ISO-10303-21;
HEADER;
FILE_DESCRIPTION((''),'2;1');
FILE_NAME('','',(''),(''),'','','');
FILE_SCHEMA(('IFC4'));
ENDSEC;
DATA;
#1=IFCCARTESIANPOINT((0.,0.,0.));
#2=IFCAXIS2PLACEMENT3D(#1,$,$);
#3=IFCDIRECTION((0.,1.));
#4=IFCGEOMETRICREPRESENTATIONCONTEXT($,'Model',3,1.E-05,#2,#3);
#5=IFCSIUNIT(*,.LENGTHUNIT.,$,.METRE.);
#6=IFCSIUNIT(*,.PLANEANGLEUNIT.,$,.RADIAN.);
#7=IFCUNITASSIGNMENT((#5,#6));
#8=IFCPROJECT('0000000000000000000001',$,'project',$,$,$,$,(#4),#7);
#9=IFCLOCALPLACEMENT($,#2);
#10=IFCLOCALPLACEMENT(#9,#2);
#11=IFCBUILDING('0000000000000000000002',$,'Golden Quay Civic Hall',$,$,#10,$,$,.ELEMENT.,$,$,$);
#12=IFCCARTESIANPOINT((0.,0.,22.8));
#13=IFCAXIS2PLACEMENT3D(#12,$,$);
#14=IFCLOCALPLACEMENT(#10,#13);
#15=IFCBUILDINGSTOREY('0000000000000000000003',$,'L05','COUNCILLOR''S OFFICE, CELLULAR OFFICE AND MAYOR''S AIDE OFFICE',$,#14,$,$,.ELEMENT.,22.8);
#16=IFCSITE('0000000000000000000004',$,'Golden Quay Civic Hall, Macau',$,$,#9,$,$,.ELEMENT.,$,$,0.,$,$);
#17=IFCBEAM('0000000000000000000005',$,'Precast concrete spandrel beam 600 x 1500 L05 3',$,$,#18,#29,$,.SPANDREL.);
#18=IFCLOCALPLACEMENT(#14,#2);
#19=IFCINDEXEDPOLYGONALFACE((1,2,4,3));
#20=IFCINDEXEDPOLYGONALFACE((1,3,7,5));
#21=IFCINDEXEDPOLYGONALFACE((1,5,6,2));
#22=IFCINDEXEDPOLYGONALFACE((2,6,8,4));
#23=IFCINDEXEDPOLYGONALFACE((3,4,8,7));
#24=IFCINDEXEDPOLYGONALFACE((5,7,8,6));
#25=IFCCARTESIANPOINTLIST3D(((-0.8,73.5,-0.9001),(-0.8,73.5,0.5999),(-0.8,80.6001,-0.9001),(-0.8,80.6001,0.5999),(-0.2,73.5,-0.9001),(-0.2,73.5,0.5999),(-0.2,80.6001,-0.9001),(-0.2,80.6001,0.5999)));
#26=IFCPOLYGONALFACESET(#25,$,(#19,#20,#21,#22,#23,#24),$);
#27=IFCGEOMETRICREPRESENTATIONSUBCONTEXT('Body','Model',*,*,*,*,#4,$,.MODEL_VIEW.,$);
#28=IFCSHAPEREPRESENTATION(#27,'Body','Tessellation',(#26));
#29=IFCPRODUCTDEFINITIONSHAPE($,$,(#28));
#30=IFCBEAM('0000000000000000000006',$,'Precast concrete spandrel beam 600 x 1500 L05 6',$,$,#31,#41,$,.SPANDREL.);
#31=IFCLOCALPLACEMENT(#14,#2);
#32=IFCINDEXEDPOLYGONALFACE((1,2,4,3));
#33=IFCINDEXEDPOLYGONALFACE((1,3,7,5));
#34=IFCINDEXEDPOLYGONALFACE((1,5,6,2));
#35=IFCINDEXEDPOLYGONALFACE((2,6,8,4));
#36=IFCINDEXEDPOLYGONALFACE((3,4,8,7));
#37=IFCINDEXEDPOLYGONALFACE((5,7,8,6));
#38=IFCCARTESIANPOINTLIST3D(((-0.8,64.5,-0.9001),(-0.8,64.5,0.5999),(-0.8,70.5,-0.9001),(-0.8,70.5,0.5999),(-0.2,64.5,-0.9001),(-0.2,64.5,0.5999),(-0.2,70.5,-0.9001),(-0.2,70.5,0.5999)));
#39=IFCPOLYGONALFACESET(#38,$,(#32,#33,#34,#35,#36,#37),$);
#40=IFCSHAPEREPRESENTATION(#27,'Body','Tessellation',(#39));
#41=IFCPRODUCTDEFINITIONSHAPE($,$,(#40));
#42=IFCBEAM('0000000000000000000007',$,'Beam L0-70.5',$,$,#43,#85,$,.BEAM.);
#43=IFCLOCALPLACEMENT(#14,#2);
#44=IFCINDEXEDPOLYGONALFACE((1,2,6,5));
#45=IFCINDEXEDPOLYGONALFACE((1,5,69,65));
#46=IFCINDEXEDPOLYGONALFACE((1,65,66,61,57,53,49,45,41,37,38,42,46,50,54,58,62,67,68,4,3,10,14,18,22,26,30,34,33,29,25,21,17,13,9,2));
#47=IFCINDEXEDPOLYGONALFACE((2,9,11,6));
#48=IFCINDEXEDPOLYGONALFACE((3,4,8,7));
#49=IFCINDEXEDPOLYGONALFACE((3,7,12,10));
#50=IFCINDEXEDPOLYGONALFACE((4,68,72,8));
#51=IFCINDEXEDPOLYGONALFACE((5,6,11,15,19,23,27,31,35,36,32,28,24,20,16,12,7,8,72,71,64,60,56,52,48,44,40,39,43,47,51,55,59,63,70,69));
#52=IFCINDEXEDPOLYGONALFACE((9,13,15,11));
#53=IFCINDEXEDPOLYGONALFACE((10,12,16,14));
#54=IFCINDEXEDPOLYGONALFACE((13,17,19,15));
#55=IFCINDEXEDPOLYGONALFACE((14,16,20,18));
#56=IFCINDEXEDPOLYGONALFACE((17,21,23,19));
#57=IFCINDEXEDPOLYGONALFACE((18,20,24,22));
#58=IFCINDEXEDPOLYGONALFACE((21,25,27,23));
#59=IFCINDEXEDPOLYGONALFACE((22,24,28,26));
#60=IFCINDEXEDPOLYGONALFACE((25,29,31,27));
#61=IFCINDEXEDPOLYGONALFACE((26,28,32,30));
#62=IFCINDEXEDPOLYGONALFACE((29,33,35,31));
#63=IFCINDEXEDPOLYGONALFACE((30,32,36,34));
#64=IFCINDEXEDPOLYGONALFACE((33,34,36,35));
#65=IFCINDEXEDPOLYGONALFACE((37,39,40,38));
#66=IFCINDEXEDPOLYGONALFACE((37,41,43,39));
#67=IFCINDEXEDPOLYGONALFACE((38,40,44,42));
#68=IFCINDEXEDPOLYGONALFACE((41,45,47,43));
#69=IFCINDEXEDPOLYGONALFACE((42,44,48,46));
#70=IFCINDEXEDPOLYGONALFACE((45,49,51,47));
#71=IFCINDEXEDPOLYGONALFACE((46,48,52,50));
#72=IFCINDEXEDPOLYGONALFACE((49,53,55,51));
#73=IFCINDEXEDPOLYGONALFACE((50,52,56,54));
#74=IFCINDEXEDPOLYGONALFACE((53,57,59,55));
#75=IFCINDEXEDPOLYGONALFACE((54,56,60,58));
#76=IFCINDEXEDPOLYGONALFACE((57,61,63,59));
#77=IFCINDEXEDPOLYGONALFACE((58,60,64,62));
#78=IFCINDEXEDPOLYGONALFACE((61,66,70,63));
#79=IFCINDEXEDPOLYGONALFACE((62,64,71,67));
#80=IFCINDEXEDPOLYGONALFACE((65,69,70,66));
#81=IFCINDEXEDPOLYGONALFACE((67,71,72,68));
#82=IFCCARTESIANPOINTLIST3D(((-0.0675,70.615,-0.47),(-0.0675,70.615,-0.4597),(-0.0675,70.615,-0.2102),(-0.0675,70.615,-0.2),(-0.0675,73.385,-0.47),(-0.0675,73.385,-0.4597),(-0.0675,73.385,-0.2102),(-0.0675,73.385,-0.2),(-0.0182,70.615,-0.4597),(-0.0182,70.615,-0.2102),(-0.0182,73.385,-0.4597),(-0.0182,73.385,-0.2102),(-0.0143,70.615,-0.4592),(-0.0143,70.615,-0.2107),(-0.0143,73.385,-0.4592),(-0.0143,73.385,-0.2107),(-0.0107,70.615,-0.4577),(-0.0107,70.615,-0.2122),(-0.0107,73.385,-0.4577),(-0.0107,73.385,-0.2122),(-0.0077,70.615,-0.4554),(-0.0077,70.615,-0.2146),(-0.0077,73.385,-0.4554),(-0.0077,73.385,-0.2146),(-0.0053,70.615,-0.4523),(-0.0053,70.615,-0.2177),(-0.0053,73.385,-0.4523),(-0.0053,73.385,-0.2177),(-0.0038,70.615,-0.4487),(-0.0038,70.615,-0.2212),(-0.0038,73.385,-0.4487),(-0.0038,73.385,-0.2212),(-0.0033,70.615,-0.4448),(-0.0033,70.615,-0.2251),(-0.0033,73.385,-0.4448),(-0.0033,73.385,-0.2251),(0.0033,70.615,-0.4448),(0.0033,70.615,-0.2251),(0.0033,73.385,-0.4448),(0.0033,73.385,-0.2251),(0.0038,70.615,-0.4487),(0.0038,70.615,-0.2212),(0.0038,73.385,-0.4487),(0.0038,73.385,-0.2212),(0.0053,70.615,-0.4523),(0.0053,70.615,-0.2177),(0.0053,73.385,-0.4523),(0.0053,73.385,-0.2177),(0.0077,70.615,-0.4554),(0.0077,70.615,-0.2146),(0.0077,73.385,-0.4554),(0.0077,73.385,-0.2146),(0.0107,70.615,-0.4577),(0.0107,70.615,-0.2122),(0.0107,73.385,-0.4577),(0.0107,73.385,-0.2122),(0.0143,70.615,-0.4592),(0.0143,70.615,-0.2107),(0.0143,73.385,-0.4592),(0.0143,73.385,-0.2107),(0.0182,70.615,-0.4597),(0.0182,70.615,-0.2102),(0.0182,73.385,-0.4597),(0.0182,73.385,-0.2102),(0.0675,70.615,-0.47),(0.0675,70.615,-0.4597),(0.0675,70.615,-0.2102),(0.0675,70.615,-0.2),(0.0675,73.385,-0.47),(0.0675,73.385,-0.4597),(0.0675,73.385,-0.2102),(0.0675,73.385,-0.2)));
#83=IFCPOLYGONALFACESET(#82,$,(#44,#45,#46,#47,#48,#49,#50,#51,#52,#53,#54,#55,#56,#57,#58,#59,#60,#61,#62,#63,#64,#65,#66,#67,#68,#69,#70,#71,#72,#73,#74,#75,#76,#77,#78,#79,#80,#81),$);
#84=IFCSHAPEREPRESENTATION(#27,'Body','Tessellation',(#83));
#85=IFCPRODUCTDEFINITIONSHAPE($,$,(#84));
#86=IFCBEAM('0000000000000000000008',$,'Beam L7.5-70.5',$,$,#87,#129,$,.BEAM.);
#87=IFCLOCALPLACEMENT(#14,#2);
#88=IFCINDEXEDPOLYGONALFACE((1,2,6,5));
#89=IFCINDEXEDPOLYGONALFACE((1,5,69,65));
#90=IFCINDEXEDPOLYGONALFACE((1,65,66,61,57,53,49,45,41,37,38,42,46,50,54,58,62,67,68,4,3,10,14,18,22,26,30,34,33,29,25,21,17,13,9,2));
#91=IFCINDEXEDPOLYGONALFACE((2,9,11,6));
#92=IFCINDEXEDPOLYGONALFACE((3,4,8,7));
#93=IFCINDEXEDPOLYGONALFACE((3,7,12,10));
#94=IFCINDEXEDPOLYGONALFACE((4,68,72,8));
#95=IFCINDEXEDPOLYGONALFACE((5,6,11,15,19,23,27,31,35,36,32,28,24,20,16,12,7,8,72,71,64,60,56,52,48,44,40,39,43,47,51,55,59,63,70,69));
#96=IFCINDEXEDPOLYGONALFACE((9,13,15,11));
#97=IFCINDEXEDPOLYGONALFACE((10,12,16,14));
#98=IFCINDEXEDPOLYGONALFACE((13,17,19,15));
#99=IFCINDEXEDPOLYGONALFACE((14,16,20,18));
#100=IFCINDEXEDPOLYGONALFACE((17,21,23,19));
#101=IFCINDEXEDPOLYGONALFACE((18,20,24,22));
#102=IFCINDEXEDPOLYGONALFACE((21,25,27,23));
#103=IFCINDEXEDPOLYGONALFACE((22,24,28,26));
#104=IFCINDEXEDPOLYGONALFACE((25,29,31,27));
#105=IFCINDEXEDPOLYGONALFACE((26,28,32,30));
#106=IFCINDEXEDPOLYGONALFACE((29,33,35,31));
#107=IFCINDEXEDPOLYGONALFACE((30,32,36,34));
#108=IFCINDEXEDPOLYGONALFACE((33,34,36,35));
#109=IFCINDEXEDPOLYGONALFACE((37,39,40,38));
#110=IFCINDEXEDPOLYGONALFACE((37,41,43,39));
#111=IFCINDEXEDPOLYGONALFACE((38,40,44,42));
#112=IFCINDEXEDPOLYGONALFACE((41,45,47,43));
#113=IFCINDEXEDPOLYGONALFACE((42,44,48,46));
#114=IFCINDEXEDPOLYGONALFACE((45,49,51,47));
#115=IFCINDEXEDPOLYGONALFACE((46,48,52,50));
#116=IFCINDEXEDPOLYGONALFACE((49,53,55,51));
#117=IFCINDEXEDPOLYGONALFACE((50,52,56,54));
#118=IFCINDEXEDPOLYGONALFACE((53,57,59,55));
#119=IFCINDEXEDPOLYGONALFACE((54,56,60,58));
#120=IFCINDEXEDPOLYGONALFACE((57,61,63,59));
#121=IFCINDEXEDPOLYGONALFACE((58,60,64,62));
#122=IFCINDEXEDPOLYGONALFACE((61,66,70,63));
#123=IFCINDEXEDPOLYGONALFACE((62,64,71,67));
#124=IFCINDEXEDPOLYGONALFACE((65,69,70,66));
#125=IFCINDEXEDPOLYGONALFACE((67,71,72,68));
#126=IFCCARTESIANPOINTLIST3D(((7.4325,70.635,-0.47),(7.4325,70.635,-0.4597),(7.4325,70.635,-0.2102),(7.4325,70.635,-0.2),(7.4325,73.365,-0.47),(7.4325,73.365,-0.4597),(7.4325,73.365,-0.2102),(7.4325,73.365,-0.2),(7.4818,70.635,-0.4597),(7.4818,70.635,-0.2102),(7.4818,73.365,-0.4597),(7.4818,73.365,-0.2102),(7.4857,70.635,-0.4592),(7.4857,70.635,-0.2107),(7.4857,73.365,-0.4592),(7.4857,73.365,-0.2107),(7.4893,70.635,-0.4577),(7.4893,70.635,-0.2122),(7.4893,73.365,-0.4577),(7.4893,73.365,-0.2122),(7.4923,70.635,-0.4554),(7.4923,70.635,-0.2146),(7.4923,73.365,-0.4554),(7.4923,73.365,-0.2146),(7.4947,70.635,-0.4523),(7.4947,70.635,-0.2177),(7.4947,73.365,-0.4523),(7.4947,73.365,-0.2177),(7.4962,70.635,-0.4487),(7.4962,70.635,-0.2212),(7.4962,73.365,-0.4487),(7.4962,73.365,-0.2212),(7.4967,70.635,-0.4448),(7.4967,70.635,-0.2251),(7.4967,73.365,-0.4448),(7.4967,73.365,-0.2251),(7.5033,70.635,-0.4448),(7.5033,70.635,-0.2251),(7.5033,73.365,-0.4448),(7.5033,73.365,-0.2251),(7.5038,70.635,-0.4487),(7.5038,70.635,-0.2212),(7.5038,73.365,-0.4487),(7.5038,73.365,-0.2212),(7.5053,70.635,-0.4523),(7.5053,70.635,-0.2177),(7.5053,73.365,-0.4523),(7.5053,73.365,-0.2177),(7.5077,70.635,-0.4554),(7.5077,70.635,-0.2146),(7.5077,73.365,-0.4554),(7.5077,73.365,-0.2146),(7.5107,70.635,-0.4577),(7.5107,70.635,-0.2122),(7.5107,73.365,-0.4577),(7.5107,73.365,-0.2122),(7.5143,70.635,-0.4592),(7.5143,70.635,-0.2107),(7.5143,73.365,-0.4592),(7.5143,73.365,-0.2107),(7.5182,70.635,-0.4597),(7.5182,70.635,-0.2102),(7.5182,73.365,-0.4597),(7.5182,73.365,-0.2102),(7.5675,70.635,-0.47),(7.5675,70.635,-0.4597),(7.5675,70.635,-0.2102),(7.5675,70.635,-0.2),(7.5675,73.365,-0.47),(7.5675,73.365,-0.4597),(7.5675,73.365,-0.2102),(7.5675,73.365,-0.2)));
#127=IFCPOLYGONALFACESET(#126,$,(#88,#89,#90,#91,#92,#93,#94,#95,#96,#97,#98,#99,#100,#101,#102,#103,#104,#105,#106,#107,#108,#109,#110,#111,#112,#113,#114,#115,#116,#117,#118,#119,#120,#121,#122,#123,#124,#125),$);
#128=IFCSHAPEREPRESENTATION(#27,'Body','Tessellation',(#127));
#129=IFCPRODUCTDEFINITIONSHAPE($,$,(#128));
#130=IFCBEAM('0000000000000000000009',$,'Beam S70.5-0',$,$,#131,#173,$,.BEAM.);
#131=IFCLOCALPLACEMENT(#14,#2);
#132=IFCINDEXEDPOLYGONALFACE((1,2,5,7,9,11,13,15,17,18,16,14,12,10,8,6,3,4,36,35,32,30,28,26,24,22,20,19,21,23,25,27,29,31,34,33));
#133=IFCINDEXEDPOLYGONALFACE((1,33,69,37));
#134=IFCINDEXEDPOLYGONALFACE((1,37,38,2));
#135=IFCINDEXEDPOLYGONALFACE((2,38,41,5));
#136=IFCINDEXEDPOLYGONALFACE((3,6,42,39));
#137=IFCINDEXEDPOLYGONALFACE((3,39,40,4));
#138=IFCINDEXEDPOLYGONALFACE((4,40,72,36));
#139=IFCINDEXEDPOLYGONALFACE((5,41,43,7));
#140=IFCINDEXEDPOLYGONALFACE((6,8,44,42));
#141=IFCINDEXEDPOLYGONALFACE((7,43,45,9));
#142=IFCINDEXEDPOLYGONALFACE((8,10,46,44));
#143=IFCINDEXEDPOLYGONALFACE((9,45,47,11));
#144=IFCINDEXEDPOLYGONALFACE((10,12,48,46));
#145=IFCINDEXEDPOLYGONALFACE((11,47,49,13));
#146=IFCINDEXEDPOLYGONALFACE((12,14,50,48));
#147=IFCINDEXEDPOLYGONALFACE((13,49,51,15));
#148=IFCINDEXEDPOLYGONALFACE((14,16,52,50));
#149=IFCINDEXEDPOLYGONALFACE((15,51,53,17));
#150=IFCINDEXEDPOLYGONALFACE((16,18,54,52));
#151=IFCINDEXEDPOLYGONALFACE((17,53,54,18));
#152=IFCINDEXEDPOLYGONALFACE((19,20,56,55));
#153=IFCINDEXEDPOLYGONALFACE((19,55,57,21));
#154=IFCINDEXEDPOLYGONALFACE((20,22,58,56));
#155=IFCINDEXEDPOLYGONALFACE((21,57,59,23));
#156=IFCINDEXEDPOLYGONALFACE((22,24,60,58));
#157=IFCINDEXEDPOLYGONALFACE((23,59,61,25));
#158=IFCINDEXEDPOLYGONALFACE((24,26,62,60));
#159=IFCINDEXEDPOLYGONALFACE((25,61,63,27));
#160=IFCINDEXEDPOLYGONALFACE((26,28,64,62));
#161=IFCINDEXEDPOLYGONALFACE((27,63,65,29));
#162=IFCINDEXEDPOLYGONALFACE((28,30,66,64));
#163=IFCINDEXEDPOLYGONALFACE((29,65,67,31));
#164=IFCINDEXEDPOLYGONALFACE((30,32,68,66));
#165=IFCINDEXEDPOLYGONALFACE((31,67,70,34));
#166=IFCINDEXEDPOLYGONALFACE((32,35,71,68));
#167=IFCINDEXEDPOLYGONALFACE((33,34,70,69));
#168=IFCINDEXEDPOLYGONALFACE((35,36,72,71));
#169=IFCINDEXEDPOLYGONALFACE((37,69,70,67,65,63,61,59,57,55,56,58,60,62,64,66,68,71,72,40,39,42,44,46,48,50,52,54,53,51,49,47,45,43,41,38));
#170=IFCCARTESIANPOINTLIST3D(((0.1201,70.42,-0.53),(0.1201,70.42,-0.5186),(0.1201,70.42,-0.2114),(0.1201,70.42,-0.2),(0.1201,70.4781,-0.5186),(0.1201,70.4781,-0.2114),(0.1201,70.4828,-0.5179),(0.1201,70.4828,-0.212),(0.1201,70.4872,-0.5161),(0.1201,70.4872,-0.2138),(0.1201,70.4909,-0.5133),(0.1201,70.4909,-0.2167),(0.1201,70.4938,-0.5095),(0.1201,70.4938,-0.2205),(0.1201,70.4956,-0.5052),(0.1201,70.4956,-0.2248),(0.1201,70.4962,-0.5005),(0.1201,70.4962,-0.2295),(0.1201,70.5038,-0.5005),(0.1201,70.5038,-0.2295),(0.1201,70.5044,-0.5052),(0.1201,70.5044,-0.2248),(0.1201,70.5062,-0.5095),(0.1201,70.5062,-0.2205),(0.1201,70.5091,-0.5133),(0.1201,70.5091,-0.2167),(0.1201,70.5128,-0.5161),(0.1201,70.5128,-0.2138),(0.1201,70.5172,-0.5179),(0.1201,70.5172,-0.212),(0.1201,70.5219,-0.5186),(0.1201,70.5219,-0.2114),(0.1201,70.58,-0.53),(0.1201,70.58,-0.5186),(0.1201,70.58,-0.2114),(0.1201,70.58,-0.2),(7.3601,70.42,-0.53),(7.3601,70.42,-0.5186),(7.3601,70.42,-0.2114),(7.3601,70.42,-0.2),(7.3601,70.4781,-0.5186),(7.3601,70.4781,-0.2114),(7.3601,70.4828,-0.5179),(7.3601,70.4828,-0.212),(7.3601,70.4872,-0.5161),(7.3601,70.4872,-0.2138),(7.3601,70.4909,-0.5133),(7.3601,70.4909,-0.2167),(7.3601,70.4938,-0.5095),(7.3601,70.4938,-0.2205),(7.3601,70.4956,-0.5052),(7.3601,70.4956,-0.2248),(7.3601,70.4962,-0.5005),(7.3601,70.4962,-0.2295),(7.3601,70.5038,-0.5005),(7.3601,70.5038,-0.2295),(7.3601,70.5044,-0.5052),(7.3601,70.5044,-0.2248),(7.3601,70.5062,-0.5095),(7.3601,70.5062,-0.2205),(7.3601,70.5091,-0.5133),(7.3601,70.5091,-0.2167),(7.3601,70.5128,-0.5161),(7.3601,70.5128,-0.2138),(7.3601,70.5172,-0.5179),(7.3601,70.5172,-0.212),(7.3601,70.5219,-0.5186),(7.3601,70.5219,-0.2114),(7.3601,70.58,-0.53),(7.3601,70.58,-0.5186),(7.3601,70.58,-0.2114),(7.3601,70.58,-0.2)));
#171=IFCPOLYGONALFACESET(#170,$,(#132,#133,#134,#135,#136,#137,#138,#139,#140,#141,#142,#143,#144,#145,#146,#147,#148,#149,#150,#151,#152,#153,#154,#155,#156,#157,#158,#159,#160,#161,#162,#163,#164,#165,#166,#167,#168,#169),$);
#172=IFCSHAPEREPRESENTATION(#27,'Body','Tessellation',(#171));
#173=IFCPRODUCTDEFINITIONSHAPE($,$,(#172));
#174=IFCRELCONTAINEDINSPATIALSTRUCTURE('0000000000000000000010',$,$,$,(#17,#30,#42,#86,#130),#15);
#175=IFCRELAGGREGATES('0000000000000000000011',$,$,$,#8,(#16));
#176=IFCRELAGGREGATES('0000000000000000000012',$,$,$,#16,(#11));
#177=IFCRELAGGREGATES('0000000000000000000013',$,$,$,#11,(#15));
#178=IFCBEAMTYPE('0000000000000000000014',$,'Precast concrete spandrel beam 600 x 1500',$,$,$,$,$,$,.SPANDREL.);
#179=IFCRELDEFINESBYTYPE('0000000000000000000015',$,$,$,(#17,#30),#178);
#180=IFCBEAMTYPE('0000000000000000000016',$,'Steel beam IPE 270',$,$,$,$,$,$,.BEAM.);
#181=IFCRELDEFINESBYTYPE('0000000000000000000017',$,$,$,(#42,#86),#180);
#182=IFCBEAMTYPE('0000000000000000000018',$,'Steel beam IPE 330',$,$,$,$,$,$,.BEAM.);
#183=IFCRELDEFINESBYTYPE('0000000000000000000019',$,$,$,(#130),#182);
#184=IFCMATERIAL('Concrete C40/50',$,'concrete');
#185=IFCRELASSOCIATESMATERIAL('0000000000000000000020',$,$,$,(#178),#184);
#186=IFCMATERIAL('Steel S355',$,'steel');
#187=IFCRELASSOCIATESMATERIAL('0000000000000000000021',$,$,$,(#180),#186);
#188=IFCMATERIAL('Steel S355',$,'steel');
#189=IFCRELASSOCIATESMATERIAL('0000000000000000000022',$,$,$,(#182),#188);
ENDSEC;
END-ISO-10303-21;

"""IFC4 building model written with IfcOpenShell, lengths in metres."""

from ifc_helpers import new_model, si_unit, direction, frame, origin, origin_2d, place, context, subcontext, project, spatial, rectangle, i_section, extrude, material, material_profile, profile_set, type_object, element, save


model = new_model("IFC4")

# Units and contexts
model_context = context("Model", 3, precision=1e-05, world=origin(), true_north=direction((0.0, 1.0)))
body_context = subcontext(model_context, "Body", "Model", "MODEL_VIEW")
ifc_project = project(units=[si_unit("LENGTHUNIT", "METRE"), si_unit("PLANEANGLEUNIT", "RADIAN")], contexts=[model_context])

# Site, building, storey
site_placement = place(None, origin())
site = spatial("IfcSite", under=ifc_project, at=site_placement, Name="Golden Quay Civic Hall, Macau", CompositionType="ELEMENT", RefElevation=0.0)
building_placement = place(site_placement, origin())
building = spatial("IfcBuilding", under=site, at=building_placement, Name="Golden Quay Civic Hall", CompositionType="ELEMENT")
storey_placement = place(building_placement, frame((0.0, 0.0, 22.8)))
storey = spatial("IfcBuildingStorey", under=building, at=storey_placement, Name="L05", Description="COUNCILLOR'S OFFICE, CELLULAR OFFICE AND MAYOR'S AIDE OFFICE", CompositionType="ELEMENT", Elevation=22.8)

# Beams
ifc_material_1 = material(Name="Concrete C40/50", Category="concrete")
ifc_material_profile_1 = material_profile(ifc_material_1, rectangle(XDim=0.6001, YDim=1.5, at=origin_2d()), Name="RC 600x1500")
ifc_profile_set_1 = profile_set([ifc_material_profile_1], Name="Concrete C40/50")
beam_type_1 = type_object("IfcBeamType", Name="Precast concrete spandrel beam 600 x 1500", PredefinedType="SPANDREL", material=ifc_profile_set_1)
beam_1_placement = place(storey_placement, frame((-0.5, 73.5, -0.1501), z_axis=(0.0, 1.0, 0.0), x_axis=(-1.0, 0.0, 0.0)))
element("IfcBeam", 1, at=beam_1_placement, inside=storey, type_object=beam_type_1, Name="Precast concrete spandrel beam 600 x 1500 L05 3", PredefinedType="SPANDREL", context=body_context, shape_type="SweptSolid", body=[
    extrude(rectangle(XDim=0.6001, YDim=1.5, at=origin_2d()), origin(), (0.0, 0.0, 1.0), 7.1001),
])
beam_2_placement = place(storey_placement, frame((-0.5, 64.5, -0.1501), z_axis=(0.0, 1.0, 0.0), x_axis=(-1.0, 0.0, 0.0)))
element("IfcBeam", 2, at=beam_2_placement, inside=storey, type_object=beam_type_1, Name="Precast concrete spandrel beam 600 x 1500 L05 6", PredefinedType="SPANDREL", context=body_context, shape_type="SweptSolid", body=[
    extrude(rectangle(XDim=0.6001, YDim=1.5, at=origin_2d()), origin(), (0.0, 0.0, 1.0), 6.0),
])
ifc_material_2 = material(Name="Steel S355", Category="steel")
ifc_material_profile_2 = material_profile(ifc_material_2, i_section(OverallWidth=0.135, OverallDepth=0.27, WebThickness=0.0066, FlangeThickness=0.0103, FilletRadius=0.0149, at=origin_2d()), Name="IPE 270")
ifc_profile_set_2 = profile_set([ifc_material_profile_2], Name="Steel S355")
beam_type_2 = type_object("IfcBeamType", Name="Steel beam IPE 270", PredefinedType="BEAM", material=ifc_profile_set_2)
beam_3_placement = place(storey_placement, frame((0.0, 70.615, -0.335), z_axis=(0.0, 1.0, 0.0), x_axis=(-1.0, 0.0, 0.0)))
element("IfcBeam", 3, at=beam_3_placement, inside=storey, type_object=beam_type_2, Name="Beam L0-70.5", PredefinedType="BEAM", context=body_context, shape_type="SweptSolid", body=[
    extrude(i_section(OverallWidth=0.135, OverallDepth=0.27, WebThickness=0.0066, FlangeThickness=0.0103, FilletRadius=0.0149, at=origin_2d()), origin(), (0.0, 0.0, 1.0), 2.77),
])
beam_4_placement = place(storey_placement, frame((7.5, 70.635, -0.335), z_axis=(0.0, 1.0, 0.0), x_axis=(-1.0, 0.0, 0.0)))
element("IfcBeam", 4, at=beam_4_placement, inside=storey, type_object=beam_type_2, Name="Beam L7.5-70.5", PredefinedType="BEAM", context=body_context, shape_type="SweptSolid", body=[
    extrude(i_section(OverallWidth=0.135, OverallDepth=0.27, WebThickness=0.0066, FlangeThickness=0.0103, FilletRadius=0.0149, at=origin_2d()), origin(), (0.0, 0.0, 1.0), 2.73),
])
ifc_material_3 = material(Name="Steel S355", Category="steel")
ifc_material_profile_3 = material_profile(ifc_material_3, i_section(OverallWidth=0.1599, OverallDepth=0.3301, WebThickness=0.0076, FlangeThickness=0.0115, FilletRadius=0.0181, at=origin_2d()), Name="IPE 330")
ifc_profile_set_3 = profile_set([ifc_material_profile_3], Name="Steel S355")
beam_type_3 = type_object("IfcBeamType", Name="Steel beam IPE 330", PredefinedType="BEAM", material=ifc_profile_set_3)
for number, where, z_axis, x_axis, name in (
    (5, (0.1201, 70.5, -0.365), (1.0, 0.0, 0.0), (0.0, 1.0, 0.0), "Beam S70.5-0"),
):
    element("IfcBeam", number, at=place(storey_placement, frame(where, z_axis=z_axis, x_axis=x_axis)), inside=storey, type_object=beam_type_3, Name=name, PredefinedType="BEAM", context=body_context, shape_type="SweptSolid", body=[
        extrude(i_section(OverallWidth=0.1599, OverallDepth=0.3301, WebThickness=0.0076, FlangeThickness=0.0115, FilletRadius=0.0181, at=origin_2d()), origin(), (0.0, 0.0, 1.0), 7.24),
    ])

save(model, "model.ifc")
